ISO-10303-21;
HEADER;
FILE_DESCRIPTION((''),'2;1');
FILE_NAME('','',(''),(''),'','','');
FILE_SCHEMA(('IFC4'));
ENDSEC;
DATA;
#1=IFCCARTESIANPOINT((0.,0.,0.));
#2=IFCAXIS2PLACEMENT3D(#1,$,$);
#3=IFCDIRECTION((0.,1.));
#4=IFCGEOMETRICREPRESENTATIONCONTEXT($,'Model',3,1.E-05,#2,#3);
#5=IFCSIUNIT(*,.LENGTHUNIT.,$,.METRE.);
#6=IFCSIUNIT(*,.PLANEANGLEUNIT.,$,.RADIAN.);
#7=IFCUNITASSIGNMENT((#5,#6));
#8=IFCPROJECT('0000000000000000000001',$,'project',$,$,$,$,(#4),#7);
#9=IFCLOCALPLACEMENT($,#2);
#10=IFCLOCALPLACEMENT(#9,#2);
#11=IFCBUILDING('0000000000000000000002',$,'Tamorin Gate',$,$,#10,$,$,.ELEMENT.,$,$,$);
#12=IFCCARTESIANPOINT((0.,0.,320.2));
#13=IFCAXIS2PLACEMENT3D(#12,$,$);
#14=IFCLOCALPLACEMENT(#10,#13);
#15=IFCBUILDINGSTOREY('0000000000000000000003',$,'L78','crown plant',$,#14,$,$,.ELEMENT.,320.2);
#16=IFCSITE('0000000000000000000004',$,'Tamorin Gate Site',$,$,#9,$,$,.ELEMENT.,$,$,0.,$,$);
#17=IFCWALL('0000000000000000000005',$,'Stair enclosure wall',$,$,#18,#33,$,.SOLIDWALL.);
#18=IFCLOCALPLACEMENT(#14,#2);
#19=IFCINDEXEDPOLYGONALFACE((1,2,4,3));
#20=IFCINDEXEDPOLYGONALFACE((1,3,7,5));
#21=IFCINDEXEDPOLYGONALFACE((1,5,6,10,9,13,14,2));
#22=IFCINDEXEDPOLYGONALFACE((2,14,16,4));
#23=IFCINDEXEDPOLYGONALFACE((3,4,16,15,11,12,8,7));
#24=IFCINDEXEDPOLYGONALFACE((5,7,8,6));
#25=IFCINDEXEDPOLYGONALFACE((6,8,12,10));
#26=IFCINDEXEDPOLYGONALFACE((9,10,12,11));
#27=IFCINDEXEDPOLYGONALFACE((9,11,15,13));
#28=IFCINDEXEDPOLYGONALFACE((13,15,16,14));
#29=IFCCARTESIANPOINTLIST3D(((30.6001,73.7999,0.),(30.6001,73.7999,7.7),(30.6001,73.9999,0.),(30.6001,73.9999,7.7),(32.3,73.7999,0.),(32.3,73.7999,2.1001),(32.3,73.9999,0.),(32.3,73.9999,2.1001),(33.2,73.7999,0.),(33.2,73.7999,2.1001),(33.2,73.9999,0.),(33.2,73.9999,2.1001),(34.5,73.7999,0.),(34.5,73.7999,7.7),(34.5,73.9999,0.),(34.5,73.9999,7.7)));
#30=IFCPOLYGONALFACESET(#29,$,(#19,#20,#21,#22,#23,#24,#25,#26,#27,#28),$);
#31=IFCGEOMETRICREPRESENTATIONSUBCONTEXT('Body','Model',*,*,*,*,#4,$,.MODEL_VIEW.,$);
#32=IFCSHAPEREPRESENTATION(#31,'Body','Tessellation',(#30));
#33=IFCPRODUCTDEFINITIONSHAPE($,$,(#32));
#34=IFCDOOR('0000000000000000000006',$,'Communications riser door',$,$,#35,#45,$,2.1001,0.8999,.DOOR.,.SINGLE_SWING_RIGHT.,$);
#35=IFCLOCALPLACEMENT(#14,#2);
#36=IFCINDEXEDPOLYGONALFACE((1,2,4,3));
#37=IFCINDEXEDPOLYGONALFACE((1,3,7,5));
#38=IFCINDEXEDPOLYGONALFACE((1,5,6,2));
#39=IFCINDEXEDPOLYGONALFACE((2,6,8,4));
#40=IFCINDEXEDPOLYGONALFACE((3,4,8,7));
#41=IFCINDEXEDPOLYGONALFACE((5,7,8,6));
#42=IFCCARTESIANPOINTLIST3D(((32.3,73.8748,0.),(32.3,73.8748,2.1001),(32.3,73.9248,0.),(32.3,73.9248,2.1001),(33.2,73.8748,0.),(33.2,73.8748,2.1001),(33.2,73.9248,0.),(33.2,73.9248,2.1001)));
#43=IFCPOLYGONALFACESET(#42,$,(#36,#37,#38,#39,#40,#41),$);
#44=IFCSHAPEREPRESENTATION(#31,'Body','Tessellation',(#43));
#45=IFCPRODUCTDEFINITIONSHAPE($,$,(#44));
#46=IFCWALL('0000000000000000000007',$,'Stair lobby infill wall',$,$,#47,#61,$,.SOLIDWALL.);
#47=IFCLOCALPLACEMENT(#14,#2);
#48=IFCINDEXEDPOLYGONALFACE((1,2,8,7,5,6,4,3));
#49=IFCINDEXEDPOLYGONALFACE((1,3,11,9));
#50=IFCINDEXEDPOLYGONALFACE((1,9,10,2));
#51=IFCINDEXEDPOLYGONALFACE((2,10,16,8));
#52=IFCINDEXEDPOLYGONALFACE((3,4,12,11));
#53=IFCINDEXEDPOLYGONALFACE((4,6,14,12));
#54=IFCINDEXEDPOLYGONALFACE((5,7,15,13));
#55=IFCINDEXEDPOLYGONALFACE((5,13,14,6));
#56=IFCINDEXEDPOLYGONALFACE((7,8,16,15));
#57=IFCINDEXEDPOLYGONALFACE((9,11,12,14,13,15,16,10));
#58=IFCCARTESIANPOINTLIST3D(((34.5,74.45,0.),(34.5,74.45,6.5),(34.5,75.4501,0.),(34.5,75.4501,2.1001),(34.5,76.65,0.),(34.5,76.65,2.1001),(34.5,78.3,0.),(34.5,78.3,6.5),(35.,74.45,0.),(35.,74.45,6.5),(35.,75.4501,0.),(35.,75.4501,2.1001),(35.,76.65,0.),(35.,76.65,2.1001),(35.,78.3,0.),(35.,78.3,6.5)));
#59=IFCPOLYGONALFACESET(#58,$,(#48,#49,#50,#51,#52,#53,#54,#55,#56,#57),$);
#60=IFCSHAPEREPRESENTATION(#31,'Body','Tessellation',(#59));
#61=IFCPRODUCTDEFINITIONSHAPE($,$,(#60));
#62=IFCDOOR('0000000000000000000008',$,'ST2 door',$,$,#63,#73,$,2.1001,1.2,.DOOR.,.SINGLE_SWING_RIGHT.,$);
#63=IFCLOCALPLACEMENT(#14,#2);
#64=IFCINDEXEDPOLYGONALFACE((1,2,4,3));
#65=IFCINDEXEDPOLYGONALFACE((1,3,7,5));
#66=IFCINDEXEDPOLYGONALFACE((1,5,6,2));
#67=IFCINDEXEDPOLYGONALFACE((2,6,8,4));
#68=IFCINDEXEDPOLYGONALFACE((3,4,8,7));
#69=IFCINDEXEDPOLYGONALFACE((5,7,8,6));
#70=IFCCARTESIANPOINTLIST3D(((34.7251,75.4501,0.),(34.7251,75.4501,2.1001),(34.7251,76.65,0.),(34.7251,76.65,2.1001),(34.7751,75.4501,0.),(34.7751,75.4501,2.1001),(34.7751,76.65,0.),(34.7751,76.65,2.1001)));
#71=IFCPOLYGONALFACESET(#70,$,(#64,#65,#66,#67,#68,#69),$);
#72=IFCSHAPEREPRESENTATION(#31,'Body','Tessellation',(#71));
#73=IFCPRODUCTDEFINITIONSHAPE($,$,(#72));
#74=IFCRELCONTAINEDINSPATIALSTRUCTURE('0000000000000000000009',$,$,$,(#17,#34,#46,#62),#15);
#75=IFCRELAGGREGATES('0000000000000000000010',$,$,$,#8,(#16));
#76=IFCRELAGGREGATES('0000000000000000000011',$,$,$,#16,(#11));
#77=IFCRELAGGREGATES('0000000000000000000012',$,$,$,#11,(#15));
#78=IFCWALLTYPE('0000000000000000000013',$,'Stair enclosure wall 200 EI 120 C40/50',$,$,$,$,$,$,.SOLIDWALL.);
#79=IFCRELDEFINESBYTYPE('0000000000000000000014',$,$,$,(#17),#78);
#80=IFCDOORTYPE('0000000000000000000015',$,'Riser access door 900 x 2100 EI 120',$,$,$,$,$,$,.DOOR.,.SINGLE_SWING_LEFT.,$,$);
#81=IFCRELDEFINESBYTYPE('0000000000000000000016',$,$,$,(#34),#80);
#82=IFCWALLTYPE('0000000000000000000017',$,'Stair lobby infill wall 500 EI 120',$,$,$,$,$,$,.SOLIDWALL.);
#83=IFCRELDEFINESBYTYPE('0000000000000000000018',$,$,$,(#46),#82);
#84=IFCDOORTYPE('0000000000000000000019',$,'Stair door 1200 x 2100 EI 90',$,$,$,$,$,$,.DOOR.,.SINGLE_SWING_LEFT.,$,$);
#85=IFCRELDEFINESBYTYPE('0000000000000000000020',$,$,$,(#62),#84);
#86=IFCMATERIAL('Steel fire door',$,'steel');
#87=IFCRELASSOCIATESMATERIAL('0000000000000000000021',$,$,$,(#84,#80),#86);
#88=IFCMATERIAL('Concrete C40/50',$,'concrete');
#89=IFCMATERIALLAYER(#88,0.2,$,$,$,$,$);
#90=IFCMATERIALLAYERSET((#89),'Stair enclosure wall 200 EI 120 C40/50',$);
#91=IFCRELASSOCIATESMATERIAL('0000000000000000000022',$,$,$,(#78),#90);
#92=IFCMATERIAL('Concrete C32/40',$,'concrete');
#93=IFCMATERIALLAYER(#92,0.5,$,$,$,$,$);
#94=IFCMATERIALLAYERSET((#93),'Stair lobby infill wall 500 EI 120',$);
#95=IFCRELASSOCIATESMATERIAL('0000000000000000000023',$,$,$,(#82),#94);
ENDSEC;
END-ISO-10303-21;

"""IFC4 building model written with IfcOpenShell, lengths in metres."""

from ifc_helpers import new_model, si_unit, direction, frame, frame_2d, origin, place, context, subcontext, project, spatial, rectangle, extrude, material, layer, layer_set, type_object, element, fill, save


model = new_model("IFC4")

# Units and contexts
model_context = context("Model", 3, precision=1e-05, world=origin(), true_north=direction((0.0, 1.0)))
body_context = subcontext(model_context, "Body", "Model", "MODEL_VIEW")
ifc_project = project(units=[si_unit("LENGTHUNIT", "METRE"), si_unit("PLANEANGLEUNIT", "RADIAN")], contexts=[model_context])

# Site, building, storey
site_placement = place(None, origin())
site = spatial("IfcSite", under=ifc_project, at=site_placement, Name="Tamorin Gate Site", CompositionType="ELEMENT", RefElevation=0.0)
building_placement = place(site_placement, origin())
building = spatial("IfcBuilding", under=site, at=building_placement, Name="Tamorin Gate", CompositionType="ELEMENT")
storey_placement = place(building_placement, frame((0.0, 0.0, 320.2)))
storey = spatial("IfcBuildingStorey", under=building, at=storey_placement, Name="L78", Description="crown plant", CompositionType="ELEMENT", Elevation=320.2)

# Shared definitions
ifc_material_1 = material(Name="Concrete C40/50", Category="concrete")
ifc_material_2 = material(Name="Steel fire door", Category="steel")
door_type_1 = type_object("IfcDoorType", Name="Stair door 1200 x 2100 EI 90", OperationType="SINGLE_SWING_LEFT", PredefinedType="DOOR", material=ifc_material_2)

# Walls, openings, doors
ifc_layer_1 = layer(ifc_material_1, 0.2)
ifc_layer_set_1 = layer_set([ifc_layer_1], Name="Stair enclosure wall 200 EI 120 C40/50")
wall_type_1 = type_object("IfcWallType", Name="Stair enclosure wall 200 EI 120 C40/50", PredefinedType="SOLIDWALL", material=ifc_layer_set_1)
door_type_2 = type_object("IfcDoorType", Name="Riser access door 900 x 2100 EI 120", OperationType="SINGLE_SWING_LEFT", PredefinedType="DOOR", material=ifc_material_2)
wall_1_placement = place(storey_placement, frame((30.6001, 73.8999, 0.0), z_axis=(0.0, 0.0, 1.0), x_axis=(1.0, 0.0, 0.0)))
wall_1 = element("IfcWall", 1, at=wall_1_placement, inside=storey, type_object=wall_type_1, Name="Stair enclosure wall", PredefinedType="SOLIDWALL", context=body_context, shape_type="SweptSolid", body=[
    extrude(rectangle(XDim=3.8999, YDim=0.2, at=frame_2d((1.95, 0.0))), origin(), (0.0, 0.0, 1.0), 7.7),
])
opening_1_placement = place(wall_1_placement, frame((1.7, 0.0, 0.0)))
opening_1 = element("IfcOpeningElement", 2, at=opening_1_placement, cuts=wall_1, PredefinedType="OPENING", context=body_context, shape_type="SweptSolid", body=[
    extrude(rectangle(XDim=0.8999, YDim=2.1001, at=frame_2d((0.45, 1.05))), frame((0.0, 0.1099, 0.0), z_axis=(0.0, -1.0, 0.0), x_axis=(1.0, 0.0, 0.0)), (0.0, 0.0, 1.0), 0.22),
])
door_1_placement = place(opening_1_placement, origin())
door_1 = element("IfcDoor", 3, at=door_1_placement, inside=storey, type_object=door_type_2, Name="Communications riser door", OperationType="SINGLE_SWING_RIGHT", OverallHeight=2.1001, OverallWidth=0.8999, PredefinedType="DOOR", context=body_context, shape_type="SweptSolid", body=[
    extrude(rectangle(XDim=0.8999, YDim=2.1001, at=frame_2d((0.45, 1.05))), frame((0.0, 0.0249, 0.0), z_axis=(0.0, -1.0, 0.0), x_axis=(1.0, 0.0, 0.0)), (0.0, 0.0, 1.0), 0.05),
])
fill(opening_1, door_1)
ifc_material_3 = material(Name="Concrete C32/40", Category="concrete")
ifc_layer_2 = layer(ifc_material_3, 0.5)
ifc_layer_set_2 = layer_set([ifc_layer_2], Name="Stair lobby infill wall 500 EI 120")
wall_type_2 = type_object("IfcWallType", Name="Stair lobby infill wall 500 EI 120", PredefinedType="SOLIDWALL", material=ifc_layer_set_2)
wall_2_placement = place(storey_placement, frame((34.75, 74.45, 0.0), z_axis=(0.0, 0.0, 1.0), x_axis=(0.0, 1.0, 0.0)))
wall_2 = element("IfcWall", 4, at=wall_2_placement, inside=storey, type_object=wall_type_2, Name="Stair lobby infill wall", PredefinedType="SOLIDWALL", context=body_context, shape_type="SweptSolid", body=[
    extrude(rectangle(XDim=3.8501, YDim=0.5, at=frame_2d((1.925, 0.0))), origin(), (0.0, 0.0, 1.0), 6.5),
])
opening_2_placement = place(wall_2_placement, frame((1.0, 0.0, 0.0)))
opening_2 = element("IfcOpeningElement", 5, at=opening_2_placement, cuts=wall_2, PredefinedType="OPENING", context=body_context, shape_type="SweptSolid", body=[
    extrude(rectangle(XDim=1.2, YDim=2.1001, at=frame_2d((0.6001, 1.05))), frame((0.0, 0.26, 0.0), z_axis=(0.0, -1.0, 0.0), x_axis=(1.0, 0.0, 0.0)), (0.0, 0.0, 1.0), 0.52),
])
door_2_placement = place(opening_2_placement, origin())
door_2 = element("IfcDoor", 6, at=door_2_placement, inside=storey, type_object=door_type_1, Name="ST2 door", OperationType="SINGLE_SWING_RIGHT", OverallHeight=2.1001, OverallWidth=1.2, PredefinedType="DOOR", context=body_context, shape_type="SweptSolid", body=[
    extrude(rectangle(XDim=1.2, YDim=2.1001, at=frame_2d((0.6001, 1.05))), frame((0.0, 0.0249, 0.0), z_axis=(0.0, -1.0, 0.0), x_axis=(1.0, 0.0, 0.0)), (0.0, 0.0, 1.0), 0.05),
])
fill(opening_2, door_2)

save(model, "model.ifc")
